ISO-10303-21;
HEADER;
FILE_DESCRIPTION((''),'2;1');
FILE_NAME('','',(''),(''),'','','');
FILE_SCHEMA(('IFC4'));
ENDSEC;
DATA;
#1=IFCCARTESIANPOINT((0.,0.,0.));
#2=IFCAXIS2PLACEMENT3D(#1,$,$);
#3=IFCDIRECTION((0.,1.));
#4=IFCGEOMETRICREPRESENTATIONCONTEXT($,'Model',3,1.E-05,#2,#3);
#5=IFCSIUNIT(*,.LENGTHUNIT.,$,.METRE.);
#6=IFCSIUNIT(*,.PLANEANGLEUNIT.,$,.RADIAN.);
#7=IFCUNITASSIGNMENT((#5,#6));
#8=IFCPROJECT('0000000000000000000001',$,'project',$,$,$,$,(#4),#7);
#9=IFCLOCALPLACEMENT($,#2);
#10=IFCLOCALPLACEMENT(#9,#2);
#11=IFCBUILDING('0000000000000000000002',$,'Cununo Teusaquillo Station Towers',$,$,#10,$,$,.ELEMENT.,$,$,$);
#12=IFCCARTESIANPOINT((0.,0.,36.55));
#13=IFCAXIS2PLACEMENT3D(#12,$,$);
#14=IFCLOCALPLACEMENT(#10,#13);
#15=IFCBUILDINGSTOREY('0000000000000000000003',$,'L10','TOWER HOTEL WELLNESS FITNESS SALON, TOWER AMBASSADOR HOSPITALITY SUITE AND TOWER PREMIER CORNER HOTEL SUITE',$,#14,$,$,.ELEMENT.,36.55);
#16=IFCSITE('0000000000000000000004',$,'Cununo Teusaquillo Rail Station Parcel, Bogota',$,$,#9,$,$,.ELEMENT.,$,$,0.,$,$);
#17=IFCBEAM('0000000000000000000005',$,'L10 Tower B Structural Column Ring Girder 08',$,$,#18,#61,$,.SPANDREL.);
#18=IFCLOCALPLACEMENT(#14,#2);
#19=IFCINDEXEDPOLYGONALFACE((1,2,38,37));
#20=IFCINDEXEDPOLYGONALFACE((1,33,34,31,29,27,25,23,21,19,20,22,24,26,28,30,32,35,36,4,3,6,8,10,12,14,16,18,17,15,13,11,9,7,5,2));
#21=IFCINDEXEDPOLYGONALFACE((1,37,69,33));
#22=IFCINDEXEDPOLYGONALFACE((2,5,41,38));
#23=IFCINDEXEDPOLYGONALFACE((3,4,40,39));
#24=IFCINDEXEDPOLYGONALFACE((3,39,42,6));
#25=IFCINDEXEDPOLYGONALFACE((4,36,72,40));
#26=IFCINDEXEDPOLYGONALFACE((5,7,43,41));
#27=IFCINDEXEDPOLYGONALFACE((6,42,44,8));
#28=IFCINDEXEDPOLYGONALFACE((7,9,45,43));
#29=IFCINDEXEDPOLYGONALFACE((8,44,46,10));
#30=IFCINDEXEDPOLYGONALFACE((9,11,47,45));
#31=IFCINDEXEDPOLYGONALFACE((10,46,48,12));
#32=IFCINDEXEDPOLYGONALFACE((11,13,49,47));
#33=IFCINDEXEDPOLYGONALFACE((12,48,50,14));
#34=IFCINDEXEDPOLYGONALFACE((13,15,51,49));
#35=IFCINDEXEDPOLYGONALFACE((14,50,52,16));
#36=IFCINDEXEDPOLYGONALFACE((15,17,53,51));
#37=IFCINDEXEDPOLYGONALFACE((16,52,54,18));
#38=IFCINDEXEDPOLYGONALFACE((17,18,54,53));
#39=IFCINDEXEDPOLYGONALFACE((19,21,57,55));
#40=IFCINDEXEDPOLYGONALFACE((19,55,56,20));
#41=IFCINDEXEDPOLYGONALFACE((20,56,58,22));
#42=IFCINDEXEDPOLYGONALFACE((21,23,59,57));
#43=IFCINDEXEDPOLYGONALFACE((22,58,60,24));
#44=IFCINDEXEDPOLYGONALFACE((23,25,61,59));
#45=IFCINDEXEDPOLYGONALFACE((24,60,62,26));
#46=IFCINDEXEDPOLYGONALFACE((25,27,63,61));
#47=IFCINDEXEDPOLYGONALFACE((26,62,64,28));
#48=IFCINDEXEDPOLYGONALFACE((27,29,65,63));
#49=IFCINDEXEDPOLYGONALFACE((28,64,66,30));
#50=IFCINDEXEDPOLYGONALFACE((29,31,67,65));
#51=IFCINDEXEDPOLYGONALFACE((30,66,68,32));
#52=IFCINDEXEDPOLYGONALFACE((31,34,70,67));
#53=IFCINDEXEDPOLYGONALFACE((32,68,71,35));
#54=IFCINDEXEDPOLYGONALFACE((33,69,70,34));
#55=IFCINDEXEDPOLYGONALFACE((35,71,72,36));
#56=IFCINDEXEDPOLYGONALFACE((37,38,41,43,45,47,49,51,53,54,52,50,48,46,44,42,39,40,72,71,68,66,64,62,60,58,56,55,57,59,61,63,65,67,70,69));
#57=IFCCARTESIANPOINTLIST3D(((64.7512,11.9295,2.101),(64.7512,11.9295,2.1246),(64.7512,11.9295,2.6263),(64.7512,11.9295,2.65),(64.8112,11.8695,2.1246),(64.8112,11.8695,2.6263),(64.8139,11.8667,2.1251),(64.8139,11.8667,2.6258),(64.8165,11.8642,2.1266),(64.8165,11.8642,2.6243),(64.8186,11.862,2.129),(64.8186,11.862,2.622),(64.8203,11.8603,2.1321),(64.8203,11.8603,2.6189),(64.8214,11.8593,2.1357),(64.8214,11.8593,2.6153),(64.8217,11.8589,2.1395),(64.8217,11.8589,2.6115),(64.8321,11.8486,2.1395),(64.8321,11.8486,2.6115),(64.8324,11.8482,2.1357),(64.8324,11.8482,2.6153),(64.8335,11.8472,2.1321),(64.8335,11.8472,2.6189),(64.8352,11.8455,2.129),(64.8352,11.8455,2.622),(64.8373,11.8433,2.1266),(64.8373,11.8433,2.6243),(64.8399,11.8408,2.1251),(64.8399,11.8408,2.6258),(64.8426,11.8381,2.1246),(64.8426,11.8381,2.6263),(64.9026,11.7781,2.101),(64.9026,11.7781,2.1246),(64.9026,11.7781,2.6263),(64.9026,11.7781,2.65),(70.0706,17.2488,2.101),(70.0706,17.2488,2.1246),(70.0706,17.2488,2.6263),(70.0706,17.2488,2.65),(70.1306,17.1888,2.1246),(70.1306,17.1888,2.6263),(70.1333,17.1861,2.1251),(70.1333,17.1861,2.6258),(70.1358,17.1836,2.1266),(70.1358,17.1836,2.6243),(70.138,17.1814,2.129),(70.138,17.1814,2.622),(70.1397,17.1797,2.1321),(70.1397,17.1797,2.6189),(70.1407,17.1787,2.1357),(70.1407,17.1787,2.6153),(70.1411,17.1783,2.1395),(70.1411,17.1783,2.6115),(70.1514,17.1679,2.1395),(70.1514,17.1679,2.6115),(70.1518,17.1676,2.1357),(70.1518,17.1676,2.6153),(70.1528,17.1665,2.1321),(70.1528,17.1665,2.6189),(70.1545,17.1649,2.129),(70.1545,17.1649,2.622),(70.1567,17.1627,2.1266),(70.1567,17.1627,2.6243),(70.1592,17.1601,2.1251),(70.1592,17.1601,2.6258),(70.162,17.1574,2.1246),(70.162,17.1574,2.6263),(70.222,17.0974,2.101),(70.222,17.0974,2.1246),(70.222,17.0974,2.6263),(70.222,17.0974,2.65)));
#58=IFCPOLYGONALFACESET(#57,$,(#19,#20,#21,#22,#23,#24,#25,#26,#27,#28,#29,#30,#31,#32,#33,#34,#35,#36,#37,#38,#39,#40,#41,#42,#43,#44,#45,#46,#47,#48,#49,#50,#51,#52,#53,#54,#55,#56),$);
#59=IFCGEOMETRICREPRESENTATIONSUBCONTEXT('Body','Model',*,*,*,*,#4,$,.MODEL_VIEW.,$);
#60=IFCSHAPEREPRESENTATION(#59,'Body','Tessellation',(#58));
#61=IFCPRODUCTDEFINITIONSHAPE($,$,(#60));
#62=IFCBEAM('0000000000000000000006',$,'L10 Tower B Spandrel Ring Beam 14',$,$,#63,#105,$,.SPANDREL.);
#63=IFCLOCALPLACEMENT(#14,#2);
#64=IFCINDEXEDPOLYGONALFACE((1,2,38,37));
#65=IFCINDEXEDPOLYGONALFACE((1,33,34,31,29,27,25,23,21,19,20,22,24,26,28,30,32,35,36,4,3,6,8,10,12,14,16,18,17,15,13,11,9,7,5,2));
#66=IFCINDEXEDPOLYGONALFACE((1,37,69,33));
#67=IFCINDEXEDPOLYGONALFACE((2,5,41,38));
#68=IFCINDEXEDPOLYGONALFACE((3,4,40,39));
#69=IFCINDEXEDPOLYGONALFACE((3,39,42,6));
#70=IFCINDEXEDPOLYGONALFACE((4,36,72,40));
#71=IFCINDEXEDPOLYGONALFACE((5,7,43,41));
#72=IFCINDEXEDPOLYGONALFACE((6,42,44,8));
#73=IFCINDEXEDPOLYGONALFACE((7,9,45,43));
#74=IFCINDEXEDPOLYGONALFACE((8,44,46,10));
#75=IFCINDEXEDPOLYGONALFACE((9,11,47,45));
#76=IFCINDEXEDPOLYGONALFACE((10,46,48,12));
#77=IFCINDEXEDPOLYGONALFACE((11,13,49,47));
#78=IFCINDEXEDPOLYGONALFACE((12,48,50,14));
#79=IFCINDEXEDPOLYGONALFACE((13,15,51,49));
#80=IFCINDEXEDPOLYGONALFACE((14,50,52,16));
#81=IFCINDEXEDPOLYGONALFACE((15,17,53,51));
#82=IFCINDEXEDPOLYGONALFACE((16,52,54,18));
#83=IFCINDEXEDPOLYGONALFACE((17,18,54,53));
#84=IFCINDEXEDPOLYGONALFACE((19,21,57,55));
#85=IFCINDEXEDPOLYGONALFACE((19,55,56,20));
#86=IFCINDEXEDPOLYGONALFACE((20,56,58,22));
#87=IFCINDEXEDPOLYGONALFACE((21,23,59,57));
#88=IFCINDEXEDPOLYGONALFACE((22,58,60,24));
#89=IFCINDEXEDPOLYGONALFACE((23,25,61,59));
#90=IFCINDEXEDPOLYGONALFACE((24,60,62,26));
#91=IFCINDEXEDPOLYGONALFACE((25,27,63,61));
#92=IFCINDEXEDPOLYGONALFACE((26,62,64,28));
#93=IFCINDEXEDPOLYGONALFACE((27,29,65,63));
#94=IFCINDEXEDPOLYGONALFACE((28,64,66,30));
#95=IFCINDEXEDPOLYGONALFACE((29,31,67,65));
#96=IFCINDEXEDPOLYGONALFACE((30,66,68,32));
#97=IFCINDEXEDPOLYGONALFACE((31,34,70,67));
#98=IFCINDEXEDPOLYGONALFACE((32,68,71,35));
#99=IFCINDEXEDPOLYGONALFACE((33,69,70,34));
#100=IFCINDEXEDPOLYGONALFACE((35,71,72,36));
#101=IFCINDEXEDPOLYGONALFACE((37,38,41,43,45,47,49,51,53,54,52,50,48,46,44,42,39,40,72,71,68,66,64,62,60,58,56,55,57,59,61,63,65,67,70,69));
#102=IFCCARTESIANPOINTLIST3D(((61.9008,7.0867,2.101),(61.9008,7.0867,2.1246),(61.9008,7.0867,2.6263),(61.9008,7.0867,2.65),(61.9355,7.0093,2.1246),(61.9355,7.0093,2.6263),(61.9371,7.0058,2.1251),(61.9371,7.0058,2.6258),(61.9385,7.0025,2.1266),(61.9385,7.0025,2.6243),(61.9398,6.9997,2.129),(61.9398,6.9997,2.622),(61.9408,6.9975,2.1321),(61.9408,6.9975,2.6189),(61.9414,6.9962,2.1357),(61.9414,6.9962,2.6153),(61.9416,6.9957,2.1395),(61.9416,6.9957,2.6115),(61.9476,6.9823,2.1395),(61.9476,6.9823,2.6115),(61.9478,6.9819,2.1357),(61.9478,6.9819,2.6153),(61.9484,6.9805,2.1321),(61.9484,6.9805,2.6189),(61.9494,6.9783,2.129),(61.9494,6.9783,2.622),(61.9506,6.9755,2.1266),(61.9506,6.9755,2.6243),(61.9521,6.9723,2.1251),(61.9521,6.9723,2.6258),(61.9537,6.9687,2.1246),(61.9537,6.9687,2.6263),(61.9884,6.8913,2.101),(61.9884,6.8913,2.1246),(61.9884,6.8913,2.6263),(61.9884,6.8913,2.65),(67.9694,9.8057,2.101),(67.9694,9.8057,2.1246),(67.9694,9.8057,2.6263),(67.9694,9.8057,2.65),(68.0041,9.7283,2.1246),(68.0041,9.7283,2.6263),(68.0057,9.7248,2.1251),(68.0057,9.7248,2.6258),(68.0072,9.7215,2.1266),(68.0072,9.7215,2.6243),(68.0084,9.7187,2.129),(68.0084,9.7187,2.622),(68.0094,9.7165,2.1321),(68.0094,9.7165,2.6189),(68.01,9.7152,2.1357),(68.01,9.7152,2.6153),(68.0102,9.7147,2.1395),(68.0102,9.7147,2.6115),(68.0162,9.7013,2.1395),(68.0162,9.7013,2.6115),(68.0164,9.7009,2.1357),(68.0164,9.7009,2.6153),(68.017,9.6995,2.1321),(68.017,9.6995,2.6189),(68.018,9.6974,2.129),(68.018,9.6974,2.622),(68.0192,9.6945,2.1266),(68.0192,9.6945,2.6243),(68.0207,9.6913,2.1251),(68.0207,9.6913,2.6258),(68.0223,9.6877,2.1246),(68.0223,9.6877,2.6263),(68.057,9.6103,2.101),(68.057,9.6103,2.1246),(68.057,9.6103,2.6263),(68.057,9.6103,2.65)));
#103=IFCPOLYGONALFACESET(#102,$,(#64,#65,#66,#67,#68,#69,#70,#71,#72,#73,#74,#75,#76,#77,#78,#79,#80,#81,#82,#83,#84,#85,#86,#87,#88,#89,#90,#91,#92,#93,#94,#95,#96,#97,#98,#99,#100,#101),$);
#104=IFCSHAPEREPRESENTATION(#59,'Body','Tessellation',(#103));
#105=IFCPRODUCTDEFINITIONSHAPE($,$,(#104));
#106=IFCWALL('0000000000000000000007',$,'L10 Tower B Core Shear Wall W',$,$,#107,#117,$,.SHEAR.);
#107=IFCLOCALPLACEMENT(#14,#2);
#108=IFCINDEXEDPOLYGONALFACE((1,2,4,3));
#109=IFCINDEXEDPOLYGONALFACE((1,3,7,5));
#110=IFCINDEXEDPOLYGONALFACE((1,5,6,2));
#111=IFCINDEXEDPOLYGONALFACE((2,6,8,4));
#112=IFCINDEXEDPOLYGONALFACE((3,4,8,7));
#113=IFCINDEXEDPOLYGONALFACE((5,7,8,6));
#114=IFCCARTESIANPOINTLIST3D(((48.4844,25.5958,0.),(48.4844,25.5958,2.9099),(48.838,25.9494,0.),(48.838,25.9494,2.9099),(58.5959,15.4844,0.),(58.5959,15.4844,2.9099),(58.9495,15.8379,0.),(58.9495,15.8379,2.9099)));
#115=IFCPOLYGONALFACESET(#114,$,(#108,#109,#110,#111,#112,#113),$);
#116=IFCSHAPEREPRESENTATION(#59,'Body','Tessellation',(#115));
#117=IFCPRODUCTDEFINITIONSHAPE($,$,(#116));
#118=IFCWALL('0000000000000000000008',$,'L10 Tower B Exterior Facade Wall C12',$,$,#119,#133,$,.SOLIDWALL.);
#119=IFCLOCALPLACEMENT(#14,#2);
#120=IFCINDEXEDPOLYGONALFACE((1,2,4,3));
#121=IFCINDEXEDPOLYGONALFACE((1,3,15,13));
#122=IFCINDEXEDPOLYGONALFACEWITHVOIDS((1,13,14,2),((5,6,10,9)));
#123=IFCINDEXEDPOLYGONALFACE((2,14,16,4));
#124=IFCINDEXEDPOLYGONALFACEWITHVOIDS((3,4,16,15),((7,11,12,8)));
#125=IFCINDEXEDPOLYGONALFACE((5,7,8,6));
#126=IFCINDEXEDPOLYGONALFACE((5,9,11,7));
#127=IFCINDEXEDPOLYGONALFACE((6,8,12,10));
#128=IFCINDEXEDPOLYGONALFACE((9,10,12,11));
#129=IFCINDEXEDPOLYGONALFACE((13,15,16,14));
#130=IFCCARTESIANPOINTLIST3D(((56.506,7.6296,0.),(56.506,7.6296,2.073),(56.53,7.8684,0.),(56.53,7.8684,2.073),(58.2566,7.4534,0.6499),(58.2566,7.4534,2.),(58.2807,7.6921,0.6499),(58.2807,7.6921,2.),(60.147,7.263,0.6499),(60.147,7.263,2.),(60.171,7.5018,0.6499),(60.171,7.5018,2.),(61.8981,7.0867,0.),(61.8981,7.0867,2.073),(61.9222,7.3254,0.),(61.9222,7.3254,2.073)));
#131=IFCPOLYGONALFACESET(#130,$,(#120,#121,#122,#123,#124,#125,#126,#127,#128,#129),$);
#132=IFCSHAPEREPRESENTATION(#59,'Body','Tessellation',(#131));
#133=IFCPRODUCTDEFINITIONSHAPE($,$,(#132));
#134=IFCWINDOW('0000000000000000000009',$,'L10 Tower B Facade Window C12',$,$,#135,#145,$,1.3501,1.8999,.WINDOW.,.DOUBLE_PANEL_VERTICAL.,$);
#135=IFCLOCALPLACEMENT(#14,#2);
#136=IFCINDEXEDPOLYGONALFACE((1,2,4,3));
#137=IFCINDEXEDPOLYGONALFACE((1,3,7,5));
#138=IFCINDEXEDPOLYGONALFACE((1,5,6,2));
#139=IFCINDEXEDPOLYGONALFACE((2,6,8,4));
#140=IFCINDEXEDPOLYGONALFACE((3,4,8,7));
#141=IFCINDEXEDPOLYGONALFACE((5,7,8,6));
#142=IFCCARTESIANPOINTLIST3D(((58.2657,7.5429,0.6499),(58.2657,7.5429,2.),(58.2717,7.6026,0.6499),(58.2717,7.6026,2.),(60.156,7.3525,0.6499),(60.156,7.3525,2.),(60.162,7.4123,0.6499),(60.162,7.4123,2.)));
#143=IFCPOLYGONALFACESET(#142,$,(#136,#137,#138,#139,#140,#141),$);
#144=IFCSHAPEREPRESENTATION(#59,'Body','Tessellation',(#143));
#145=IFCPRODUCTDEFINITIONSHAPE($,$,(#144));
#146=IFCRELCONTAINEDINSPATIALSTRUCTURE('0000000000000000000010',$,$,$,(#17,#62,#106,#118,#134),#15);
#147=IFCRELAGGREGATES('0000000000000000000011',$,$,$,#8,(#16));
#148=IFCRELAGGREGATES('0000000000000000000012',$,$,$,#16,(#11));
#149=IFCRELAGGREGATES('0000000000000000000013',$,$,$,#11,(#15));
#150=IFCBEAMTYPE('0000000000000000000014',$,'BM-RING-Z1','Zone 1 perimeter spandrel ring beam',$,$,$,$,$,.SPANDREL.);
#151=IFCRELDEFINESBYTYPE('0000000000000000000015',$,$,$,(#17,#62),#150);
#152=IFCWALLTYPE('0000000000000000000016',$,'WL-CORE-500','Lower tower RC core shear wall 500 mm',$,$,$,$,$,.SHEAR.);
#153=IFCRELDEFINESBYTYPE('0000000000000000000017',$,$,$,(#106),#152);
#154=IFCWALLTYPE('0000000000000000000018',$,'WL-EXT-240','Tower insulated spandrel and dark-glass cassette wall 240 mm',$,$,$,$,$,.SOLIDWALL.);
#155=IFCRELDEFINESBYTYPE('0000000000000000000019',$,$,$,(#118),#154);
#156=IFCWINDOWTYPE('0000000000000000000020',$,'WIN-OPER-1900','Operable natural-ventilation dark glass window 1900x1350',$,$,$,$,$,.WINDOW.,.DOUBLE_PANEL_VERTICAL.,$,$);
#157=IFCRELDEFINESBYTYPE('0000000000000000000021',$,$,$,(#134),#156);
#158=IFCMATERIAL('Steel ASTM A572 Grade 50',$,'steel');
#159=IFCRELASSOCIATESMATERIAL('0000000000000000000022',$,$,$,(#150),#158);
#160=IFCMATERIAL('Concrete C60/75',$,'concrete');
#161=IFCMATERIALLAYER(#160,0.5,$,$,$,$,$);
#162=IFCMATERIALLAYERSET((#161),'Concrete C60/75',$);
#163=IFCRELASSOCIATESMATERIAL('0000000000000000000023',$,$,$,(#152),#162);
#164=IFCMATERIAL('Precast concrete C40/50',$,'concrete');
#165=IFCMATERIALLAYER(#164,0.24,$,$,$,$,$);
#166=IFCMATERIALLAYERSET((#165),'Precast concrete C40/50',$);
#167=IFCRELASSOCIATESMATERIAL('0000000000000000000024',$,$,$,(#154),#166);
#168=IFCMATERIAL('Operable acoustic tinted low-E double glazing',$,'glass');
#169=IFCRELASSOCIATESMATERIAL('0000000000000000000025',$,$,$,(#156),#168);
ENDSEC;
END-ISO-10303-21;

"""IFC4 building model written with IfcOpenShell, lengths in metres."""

from ifc_helpers import new_model, si_unit, direction, frame, frame_2d, origin, origin_2d, place, context, subcontext, project, spatial, rectangle, i_section, extrude, source, transform, mapped, material, layer, layer_set, material_profile, profile_set, type_object, element, fill, save


model = new_model("IFC4")

# Units and contexts
model_context = context("Model", 3, precision=1e-05, world=origin(), true_north=direction((0.0, 1.0)))
body_context = subcontext(model_context, "Body", "Model", "MODEL_VIEW")
ifc_project = project(units=[si_unit("LENGTHUNIT", "METRE"), si_unit("PLANEANGLEUNIT", "RADIAN")], contexts=[model_context])

# Site, building, storey
site_placement = place(None, origin())
site = spatial("IfcSite", under=ifc_project, at=site_placement, Name="Cununo Teusaquillo Rail Station Parcel, Bogota", CompositionType="ELEMENT", RefElevation=0.0)
building_placement = place(site_placement, origin())
building = spatial("IfcBuilding", under=site, at=building_placement, Name="Cununo Teusaquillo Station Towers", CompositionType="ELEMENT")
storey_placement = place(building_placement, frame((0.0, 0.0, 36.55)))
storey = spatial("IfcBuildingStorey", under=building, at=storey_placement, Name="L10", Description="TOWER HOTEL WELLNESS FITNESS SALON, TOWER AMBASSADOR HOSPITALITY SUITE AND TOWER PREMIER CORNER HOTEL SUITE", CompositionType="ELEMENT", Elevation=36.55)

# Beams
ifc_material_1 = material(Name="Steel ASTM A572 Grade 50", Category="steel")
ifc_material_profile_1 = material_profile(ifc_material_1, i_section(OverallWidth=0.2141, OverallDepth=0.5491, WebThickness=0.0146, FlangeThickness=0.0237, FilletRadius=0.0149, at=origin_2d()), Name="W21X93")
ifc_profile_set_1 = profile_set([ifc_material_profile_1], Name="Steel ASTM A572 Grade 50")
beam_type_1 = type_object("IfcBeamType", Name="BM-RING-Z1", Description="Zone 1 perimeter spandrel ring beam", PredefinedType="SPANDREL", material=ifc_profile_set_1)
beam_1_placement = place(storey_placement, frame((64.8269, 11.8538, 2.3755), z_axis=(0.707107, 0.707107, 0.0), x_axis=(-0.707107, 0.707107, 0.0)))
element("IfcBeam", 1, at=beam_1_placement, inside=storey, type_object=beam_type_1, Name="L10 Tower B Structural Column Ring Girder 08", PredefinedType="SPANDREL", context=body_context, shape_type="SweptSolid", body=[
    extrude(i_section(OverallWidth=0.2141, OverallDepth=0.5491, WebThickness=0.0146, FlangeThickness=0.0237, FilletRadius=0.0149, at=origin_2d()), origin(), (0.0, 0.0, 1.0), 7.5227),
])
beam_2_placement = place(storey_placement, frame((61.9446, 6.989, 2.3755), z_axis=(0.912589, 0.408879, 0.0), x_axis=(-0.408879, 0.912589, 0.0)))
element("IfcBeam", 2, at=beam_2_placement, inside=storey, type_object=beam_type_1, Name="L10 Tower B Spandrel Ring Beam 14", PredefinedType="SPANDREL", context=body_context, shape_type="SweptSolid", body=[
    extrude(i_section(OverallWidth=0.2141, OverallDepth=0.5491, WebThickness=0.0146, FlangeThickness=0.0237, FilletRadius=0.0149, at=origin_2d()), origin(), (0.0, 0.0, 1.0), 6.6499),
])

# Wall
ifc_material_2 = material(Name="Concrete C60/75", Category="concrete")
ifc_layer_1 = layer(ifc_material_2, 0.5)
ifc_layer_set_1 = layer_set([ifc_layer_1], Name="Concrete C60/75")
wall_type_1 = type_object("IfcWallType", Name="WL-CORE-500", Description="Lower tower RC core shear wall 500 mm", PredefinedType="SHEAR", material=ifc_layer_set_1)
wall_1_placement = place(storey_placement, frame((58.7727, 15.6611, 0.0), z_axis=(0.0, 0.0, 1.0), x_axis=(-0.707107, 0.707107, 0.0)))
element("IfcWall", 3, at=wall_1_placement, inside=storey, type_object=wall_type_1, Name="L10 Tower B Core Shear Wall W", PredefinedType="SHEAR", context=body_context, shape_type="SweptSolid", body=[
    extrude(rectangle(XDim=14.2998, YDim=0.5, at=frame_2d((7.1499, 0.0))), origin(), (0.0, 0.0, 1.0), 2.9099),
])

# Wall, opening, window
ifc_material_3 = material(Name="Precast concrete C40/50", Category="concrete")
ifc_layer_2 = layer(ifc_material_3, 0.24)
ifc_layer_set_2 = layer_set([ifc_layer_2], Name="Precast concrete C40/50")
wall_type_2 = type_object("IfcWallType", Name="WL-EXT-240", Description="Tower insulated spandrel and dark-glass cassette wall 240 mm", PredefinedType="SOLIDWALL", material=ifc_layer_set_2)
wall_2_placement = place(storey_placement, frame((61.9102, 7.2061, 0.0), z_axis=(0.0, 0.0, 1.0), x_axis=(-0.994968, 0.100191, 0.0)))
wall_2 = element("IfcWall", 4, at=wall_2_placement, inside=storey, type_object=wall_type_2, Name="L10 Tower B Exterior Facade Wall C12", PredefinedType="SOLIDWALL", context=body_context, shape_type="SweptSolid", body=[
    extrude(rectangle(XDim=5.4194, YDim=0.24, at=frame_2d((2.7097, 0.0))), origin(), (0.0, 0.0, 1.0), 2.073),
])
shared_shape_1 = source(origin(), body_context, "Body", "SweptSolid", [
    extrude(rectangle(XDim=1.8999, YDim=1.3501, at=frame_2d((0.95, 0.675))), frame((0.0, 0.1299, 0.0), z_axis=(0.0, -1.0, 0.0), x_axis=(1.0, 0.0, 0.0)), (0.0, 0.0, 1.0), 0.26),
])
opening_1_placement = place(wall_2_placement, frame((1.76, 0.0, 0.6499)))
opening_1 = element("IfcOpeningElement", 5, at=opening_1_placement, cuts=wall_2, PredefinedType="OPENING", context=body_context, shape_type="MappedRepresentation", body=[
    mapped(shared_shape_1, transform((0.0, 0.0, 0.0), x_axis=(1.0, 0.0, 0.0), y_axis=(0.0, 1.0, 0.0), z_axis=(0.0, 0.0, 1.0), scale=1.0)),
])
ifc_material_4 = material(Name="Operable acoustic tinted low-E double glazing", Category="glass")
window_type = type_object("IfcWindowType", Name="WIN-OPER-1900", Description="Operable natural-ventilation dark glass window 1900x1350", PartitioningType="DOUBLE_PANEL_VERTICAL", PredefinedType="WINDOW", material=ifc_material_4)
shared_shape_2 = source(origin(), body_context, "Body", "SweptSolid", [
    extrude(rectangle(XDim=1.8999, YDim=1.3501, at=frame_2d((0.95, 0.675))), frame((0.0, 0.03, 0.0), z_axis=(0.0, -1.0, 0.0), x_axis=(1.0, 0.0, 0.0)), (0.0, 0.0, 1.0), 0.0601),
])
window_placement = place(opening_1_placement, origin())
window = element("IfcWindow", 6, at=window_placement, inside=storey, type_object=window_type, Name="L10 Tower B Facade Window C12", OverallHeight=1.3501, OverallWidth=1.8999, PartitioningType="DOUBLE_PANEL_VERTICAL", PredefinedType="WINDOW", context=body_context, shape_type="MappedRepresentation", body=[
    mapped(shared_shape_2, transform((0.0, 0.0, 0.0), x_axis=(1.0, 0.0, 0.0), y_axis=(0.0, 1.0, 0.0), z_axis=(0.0, 0.0, 1.0), scale=1.0)),
])
fill(opening_1, window)

save(model, "model.ifc")
